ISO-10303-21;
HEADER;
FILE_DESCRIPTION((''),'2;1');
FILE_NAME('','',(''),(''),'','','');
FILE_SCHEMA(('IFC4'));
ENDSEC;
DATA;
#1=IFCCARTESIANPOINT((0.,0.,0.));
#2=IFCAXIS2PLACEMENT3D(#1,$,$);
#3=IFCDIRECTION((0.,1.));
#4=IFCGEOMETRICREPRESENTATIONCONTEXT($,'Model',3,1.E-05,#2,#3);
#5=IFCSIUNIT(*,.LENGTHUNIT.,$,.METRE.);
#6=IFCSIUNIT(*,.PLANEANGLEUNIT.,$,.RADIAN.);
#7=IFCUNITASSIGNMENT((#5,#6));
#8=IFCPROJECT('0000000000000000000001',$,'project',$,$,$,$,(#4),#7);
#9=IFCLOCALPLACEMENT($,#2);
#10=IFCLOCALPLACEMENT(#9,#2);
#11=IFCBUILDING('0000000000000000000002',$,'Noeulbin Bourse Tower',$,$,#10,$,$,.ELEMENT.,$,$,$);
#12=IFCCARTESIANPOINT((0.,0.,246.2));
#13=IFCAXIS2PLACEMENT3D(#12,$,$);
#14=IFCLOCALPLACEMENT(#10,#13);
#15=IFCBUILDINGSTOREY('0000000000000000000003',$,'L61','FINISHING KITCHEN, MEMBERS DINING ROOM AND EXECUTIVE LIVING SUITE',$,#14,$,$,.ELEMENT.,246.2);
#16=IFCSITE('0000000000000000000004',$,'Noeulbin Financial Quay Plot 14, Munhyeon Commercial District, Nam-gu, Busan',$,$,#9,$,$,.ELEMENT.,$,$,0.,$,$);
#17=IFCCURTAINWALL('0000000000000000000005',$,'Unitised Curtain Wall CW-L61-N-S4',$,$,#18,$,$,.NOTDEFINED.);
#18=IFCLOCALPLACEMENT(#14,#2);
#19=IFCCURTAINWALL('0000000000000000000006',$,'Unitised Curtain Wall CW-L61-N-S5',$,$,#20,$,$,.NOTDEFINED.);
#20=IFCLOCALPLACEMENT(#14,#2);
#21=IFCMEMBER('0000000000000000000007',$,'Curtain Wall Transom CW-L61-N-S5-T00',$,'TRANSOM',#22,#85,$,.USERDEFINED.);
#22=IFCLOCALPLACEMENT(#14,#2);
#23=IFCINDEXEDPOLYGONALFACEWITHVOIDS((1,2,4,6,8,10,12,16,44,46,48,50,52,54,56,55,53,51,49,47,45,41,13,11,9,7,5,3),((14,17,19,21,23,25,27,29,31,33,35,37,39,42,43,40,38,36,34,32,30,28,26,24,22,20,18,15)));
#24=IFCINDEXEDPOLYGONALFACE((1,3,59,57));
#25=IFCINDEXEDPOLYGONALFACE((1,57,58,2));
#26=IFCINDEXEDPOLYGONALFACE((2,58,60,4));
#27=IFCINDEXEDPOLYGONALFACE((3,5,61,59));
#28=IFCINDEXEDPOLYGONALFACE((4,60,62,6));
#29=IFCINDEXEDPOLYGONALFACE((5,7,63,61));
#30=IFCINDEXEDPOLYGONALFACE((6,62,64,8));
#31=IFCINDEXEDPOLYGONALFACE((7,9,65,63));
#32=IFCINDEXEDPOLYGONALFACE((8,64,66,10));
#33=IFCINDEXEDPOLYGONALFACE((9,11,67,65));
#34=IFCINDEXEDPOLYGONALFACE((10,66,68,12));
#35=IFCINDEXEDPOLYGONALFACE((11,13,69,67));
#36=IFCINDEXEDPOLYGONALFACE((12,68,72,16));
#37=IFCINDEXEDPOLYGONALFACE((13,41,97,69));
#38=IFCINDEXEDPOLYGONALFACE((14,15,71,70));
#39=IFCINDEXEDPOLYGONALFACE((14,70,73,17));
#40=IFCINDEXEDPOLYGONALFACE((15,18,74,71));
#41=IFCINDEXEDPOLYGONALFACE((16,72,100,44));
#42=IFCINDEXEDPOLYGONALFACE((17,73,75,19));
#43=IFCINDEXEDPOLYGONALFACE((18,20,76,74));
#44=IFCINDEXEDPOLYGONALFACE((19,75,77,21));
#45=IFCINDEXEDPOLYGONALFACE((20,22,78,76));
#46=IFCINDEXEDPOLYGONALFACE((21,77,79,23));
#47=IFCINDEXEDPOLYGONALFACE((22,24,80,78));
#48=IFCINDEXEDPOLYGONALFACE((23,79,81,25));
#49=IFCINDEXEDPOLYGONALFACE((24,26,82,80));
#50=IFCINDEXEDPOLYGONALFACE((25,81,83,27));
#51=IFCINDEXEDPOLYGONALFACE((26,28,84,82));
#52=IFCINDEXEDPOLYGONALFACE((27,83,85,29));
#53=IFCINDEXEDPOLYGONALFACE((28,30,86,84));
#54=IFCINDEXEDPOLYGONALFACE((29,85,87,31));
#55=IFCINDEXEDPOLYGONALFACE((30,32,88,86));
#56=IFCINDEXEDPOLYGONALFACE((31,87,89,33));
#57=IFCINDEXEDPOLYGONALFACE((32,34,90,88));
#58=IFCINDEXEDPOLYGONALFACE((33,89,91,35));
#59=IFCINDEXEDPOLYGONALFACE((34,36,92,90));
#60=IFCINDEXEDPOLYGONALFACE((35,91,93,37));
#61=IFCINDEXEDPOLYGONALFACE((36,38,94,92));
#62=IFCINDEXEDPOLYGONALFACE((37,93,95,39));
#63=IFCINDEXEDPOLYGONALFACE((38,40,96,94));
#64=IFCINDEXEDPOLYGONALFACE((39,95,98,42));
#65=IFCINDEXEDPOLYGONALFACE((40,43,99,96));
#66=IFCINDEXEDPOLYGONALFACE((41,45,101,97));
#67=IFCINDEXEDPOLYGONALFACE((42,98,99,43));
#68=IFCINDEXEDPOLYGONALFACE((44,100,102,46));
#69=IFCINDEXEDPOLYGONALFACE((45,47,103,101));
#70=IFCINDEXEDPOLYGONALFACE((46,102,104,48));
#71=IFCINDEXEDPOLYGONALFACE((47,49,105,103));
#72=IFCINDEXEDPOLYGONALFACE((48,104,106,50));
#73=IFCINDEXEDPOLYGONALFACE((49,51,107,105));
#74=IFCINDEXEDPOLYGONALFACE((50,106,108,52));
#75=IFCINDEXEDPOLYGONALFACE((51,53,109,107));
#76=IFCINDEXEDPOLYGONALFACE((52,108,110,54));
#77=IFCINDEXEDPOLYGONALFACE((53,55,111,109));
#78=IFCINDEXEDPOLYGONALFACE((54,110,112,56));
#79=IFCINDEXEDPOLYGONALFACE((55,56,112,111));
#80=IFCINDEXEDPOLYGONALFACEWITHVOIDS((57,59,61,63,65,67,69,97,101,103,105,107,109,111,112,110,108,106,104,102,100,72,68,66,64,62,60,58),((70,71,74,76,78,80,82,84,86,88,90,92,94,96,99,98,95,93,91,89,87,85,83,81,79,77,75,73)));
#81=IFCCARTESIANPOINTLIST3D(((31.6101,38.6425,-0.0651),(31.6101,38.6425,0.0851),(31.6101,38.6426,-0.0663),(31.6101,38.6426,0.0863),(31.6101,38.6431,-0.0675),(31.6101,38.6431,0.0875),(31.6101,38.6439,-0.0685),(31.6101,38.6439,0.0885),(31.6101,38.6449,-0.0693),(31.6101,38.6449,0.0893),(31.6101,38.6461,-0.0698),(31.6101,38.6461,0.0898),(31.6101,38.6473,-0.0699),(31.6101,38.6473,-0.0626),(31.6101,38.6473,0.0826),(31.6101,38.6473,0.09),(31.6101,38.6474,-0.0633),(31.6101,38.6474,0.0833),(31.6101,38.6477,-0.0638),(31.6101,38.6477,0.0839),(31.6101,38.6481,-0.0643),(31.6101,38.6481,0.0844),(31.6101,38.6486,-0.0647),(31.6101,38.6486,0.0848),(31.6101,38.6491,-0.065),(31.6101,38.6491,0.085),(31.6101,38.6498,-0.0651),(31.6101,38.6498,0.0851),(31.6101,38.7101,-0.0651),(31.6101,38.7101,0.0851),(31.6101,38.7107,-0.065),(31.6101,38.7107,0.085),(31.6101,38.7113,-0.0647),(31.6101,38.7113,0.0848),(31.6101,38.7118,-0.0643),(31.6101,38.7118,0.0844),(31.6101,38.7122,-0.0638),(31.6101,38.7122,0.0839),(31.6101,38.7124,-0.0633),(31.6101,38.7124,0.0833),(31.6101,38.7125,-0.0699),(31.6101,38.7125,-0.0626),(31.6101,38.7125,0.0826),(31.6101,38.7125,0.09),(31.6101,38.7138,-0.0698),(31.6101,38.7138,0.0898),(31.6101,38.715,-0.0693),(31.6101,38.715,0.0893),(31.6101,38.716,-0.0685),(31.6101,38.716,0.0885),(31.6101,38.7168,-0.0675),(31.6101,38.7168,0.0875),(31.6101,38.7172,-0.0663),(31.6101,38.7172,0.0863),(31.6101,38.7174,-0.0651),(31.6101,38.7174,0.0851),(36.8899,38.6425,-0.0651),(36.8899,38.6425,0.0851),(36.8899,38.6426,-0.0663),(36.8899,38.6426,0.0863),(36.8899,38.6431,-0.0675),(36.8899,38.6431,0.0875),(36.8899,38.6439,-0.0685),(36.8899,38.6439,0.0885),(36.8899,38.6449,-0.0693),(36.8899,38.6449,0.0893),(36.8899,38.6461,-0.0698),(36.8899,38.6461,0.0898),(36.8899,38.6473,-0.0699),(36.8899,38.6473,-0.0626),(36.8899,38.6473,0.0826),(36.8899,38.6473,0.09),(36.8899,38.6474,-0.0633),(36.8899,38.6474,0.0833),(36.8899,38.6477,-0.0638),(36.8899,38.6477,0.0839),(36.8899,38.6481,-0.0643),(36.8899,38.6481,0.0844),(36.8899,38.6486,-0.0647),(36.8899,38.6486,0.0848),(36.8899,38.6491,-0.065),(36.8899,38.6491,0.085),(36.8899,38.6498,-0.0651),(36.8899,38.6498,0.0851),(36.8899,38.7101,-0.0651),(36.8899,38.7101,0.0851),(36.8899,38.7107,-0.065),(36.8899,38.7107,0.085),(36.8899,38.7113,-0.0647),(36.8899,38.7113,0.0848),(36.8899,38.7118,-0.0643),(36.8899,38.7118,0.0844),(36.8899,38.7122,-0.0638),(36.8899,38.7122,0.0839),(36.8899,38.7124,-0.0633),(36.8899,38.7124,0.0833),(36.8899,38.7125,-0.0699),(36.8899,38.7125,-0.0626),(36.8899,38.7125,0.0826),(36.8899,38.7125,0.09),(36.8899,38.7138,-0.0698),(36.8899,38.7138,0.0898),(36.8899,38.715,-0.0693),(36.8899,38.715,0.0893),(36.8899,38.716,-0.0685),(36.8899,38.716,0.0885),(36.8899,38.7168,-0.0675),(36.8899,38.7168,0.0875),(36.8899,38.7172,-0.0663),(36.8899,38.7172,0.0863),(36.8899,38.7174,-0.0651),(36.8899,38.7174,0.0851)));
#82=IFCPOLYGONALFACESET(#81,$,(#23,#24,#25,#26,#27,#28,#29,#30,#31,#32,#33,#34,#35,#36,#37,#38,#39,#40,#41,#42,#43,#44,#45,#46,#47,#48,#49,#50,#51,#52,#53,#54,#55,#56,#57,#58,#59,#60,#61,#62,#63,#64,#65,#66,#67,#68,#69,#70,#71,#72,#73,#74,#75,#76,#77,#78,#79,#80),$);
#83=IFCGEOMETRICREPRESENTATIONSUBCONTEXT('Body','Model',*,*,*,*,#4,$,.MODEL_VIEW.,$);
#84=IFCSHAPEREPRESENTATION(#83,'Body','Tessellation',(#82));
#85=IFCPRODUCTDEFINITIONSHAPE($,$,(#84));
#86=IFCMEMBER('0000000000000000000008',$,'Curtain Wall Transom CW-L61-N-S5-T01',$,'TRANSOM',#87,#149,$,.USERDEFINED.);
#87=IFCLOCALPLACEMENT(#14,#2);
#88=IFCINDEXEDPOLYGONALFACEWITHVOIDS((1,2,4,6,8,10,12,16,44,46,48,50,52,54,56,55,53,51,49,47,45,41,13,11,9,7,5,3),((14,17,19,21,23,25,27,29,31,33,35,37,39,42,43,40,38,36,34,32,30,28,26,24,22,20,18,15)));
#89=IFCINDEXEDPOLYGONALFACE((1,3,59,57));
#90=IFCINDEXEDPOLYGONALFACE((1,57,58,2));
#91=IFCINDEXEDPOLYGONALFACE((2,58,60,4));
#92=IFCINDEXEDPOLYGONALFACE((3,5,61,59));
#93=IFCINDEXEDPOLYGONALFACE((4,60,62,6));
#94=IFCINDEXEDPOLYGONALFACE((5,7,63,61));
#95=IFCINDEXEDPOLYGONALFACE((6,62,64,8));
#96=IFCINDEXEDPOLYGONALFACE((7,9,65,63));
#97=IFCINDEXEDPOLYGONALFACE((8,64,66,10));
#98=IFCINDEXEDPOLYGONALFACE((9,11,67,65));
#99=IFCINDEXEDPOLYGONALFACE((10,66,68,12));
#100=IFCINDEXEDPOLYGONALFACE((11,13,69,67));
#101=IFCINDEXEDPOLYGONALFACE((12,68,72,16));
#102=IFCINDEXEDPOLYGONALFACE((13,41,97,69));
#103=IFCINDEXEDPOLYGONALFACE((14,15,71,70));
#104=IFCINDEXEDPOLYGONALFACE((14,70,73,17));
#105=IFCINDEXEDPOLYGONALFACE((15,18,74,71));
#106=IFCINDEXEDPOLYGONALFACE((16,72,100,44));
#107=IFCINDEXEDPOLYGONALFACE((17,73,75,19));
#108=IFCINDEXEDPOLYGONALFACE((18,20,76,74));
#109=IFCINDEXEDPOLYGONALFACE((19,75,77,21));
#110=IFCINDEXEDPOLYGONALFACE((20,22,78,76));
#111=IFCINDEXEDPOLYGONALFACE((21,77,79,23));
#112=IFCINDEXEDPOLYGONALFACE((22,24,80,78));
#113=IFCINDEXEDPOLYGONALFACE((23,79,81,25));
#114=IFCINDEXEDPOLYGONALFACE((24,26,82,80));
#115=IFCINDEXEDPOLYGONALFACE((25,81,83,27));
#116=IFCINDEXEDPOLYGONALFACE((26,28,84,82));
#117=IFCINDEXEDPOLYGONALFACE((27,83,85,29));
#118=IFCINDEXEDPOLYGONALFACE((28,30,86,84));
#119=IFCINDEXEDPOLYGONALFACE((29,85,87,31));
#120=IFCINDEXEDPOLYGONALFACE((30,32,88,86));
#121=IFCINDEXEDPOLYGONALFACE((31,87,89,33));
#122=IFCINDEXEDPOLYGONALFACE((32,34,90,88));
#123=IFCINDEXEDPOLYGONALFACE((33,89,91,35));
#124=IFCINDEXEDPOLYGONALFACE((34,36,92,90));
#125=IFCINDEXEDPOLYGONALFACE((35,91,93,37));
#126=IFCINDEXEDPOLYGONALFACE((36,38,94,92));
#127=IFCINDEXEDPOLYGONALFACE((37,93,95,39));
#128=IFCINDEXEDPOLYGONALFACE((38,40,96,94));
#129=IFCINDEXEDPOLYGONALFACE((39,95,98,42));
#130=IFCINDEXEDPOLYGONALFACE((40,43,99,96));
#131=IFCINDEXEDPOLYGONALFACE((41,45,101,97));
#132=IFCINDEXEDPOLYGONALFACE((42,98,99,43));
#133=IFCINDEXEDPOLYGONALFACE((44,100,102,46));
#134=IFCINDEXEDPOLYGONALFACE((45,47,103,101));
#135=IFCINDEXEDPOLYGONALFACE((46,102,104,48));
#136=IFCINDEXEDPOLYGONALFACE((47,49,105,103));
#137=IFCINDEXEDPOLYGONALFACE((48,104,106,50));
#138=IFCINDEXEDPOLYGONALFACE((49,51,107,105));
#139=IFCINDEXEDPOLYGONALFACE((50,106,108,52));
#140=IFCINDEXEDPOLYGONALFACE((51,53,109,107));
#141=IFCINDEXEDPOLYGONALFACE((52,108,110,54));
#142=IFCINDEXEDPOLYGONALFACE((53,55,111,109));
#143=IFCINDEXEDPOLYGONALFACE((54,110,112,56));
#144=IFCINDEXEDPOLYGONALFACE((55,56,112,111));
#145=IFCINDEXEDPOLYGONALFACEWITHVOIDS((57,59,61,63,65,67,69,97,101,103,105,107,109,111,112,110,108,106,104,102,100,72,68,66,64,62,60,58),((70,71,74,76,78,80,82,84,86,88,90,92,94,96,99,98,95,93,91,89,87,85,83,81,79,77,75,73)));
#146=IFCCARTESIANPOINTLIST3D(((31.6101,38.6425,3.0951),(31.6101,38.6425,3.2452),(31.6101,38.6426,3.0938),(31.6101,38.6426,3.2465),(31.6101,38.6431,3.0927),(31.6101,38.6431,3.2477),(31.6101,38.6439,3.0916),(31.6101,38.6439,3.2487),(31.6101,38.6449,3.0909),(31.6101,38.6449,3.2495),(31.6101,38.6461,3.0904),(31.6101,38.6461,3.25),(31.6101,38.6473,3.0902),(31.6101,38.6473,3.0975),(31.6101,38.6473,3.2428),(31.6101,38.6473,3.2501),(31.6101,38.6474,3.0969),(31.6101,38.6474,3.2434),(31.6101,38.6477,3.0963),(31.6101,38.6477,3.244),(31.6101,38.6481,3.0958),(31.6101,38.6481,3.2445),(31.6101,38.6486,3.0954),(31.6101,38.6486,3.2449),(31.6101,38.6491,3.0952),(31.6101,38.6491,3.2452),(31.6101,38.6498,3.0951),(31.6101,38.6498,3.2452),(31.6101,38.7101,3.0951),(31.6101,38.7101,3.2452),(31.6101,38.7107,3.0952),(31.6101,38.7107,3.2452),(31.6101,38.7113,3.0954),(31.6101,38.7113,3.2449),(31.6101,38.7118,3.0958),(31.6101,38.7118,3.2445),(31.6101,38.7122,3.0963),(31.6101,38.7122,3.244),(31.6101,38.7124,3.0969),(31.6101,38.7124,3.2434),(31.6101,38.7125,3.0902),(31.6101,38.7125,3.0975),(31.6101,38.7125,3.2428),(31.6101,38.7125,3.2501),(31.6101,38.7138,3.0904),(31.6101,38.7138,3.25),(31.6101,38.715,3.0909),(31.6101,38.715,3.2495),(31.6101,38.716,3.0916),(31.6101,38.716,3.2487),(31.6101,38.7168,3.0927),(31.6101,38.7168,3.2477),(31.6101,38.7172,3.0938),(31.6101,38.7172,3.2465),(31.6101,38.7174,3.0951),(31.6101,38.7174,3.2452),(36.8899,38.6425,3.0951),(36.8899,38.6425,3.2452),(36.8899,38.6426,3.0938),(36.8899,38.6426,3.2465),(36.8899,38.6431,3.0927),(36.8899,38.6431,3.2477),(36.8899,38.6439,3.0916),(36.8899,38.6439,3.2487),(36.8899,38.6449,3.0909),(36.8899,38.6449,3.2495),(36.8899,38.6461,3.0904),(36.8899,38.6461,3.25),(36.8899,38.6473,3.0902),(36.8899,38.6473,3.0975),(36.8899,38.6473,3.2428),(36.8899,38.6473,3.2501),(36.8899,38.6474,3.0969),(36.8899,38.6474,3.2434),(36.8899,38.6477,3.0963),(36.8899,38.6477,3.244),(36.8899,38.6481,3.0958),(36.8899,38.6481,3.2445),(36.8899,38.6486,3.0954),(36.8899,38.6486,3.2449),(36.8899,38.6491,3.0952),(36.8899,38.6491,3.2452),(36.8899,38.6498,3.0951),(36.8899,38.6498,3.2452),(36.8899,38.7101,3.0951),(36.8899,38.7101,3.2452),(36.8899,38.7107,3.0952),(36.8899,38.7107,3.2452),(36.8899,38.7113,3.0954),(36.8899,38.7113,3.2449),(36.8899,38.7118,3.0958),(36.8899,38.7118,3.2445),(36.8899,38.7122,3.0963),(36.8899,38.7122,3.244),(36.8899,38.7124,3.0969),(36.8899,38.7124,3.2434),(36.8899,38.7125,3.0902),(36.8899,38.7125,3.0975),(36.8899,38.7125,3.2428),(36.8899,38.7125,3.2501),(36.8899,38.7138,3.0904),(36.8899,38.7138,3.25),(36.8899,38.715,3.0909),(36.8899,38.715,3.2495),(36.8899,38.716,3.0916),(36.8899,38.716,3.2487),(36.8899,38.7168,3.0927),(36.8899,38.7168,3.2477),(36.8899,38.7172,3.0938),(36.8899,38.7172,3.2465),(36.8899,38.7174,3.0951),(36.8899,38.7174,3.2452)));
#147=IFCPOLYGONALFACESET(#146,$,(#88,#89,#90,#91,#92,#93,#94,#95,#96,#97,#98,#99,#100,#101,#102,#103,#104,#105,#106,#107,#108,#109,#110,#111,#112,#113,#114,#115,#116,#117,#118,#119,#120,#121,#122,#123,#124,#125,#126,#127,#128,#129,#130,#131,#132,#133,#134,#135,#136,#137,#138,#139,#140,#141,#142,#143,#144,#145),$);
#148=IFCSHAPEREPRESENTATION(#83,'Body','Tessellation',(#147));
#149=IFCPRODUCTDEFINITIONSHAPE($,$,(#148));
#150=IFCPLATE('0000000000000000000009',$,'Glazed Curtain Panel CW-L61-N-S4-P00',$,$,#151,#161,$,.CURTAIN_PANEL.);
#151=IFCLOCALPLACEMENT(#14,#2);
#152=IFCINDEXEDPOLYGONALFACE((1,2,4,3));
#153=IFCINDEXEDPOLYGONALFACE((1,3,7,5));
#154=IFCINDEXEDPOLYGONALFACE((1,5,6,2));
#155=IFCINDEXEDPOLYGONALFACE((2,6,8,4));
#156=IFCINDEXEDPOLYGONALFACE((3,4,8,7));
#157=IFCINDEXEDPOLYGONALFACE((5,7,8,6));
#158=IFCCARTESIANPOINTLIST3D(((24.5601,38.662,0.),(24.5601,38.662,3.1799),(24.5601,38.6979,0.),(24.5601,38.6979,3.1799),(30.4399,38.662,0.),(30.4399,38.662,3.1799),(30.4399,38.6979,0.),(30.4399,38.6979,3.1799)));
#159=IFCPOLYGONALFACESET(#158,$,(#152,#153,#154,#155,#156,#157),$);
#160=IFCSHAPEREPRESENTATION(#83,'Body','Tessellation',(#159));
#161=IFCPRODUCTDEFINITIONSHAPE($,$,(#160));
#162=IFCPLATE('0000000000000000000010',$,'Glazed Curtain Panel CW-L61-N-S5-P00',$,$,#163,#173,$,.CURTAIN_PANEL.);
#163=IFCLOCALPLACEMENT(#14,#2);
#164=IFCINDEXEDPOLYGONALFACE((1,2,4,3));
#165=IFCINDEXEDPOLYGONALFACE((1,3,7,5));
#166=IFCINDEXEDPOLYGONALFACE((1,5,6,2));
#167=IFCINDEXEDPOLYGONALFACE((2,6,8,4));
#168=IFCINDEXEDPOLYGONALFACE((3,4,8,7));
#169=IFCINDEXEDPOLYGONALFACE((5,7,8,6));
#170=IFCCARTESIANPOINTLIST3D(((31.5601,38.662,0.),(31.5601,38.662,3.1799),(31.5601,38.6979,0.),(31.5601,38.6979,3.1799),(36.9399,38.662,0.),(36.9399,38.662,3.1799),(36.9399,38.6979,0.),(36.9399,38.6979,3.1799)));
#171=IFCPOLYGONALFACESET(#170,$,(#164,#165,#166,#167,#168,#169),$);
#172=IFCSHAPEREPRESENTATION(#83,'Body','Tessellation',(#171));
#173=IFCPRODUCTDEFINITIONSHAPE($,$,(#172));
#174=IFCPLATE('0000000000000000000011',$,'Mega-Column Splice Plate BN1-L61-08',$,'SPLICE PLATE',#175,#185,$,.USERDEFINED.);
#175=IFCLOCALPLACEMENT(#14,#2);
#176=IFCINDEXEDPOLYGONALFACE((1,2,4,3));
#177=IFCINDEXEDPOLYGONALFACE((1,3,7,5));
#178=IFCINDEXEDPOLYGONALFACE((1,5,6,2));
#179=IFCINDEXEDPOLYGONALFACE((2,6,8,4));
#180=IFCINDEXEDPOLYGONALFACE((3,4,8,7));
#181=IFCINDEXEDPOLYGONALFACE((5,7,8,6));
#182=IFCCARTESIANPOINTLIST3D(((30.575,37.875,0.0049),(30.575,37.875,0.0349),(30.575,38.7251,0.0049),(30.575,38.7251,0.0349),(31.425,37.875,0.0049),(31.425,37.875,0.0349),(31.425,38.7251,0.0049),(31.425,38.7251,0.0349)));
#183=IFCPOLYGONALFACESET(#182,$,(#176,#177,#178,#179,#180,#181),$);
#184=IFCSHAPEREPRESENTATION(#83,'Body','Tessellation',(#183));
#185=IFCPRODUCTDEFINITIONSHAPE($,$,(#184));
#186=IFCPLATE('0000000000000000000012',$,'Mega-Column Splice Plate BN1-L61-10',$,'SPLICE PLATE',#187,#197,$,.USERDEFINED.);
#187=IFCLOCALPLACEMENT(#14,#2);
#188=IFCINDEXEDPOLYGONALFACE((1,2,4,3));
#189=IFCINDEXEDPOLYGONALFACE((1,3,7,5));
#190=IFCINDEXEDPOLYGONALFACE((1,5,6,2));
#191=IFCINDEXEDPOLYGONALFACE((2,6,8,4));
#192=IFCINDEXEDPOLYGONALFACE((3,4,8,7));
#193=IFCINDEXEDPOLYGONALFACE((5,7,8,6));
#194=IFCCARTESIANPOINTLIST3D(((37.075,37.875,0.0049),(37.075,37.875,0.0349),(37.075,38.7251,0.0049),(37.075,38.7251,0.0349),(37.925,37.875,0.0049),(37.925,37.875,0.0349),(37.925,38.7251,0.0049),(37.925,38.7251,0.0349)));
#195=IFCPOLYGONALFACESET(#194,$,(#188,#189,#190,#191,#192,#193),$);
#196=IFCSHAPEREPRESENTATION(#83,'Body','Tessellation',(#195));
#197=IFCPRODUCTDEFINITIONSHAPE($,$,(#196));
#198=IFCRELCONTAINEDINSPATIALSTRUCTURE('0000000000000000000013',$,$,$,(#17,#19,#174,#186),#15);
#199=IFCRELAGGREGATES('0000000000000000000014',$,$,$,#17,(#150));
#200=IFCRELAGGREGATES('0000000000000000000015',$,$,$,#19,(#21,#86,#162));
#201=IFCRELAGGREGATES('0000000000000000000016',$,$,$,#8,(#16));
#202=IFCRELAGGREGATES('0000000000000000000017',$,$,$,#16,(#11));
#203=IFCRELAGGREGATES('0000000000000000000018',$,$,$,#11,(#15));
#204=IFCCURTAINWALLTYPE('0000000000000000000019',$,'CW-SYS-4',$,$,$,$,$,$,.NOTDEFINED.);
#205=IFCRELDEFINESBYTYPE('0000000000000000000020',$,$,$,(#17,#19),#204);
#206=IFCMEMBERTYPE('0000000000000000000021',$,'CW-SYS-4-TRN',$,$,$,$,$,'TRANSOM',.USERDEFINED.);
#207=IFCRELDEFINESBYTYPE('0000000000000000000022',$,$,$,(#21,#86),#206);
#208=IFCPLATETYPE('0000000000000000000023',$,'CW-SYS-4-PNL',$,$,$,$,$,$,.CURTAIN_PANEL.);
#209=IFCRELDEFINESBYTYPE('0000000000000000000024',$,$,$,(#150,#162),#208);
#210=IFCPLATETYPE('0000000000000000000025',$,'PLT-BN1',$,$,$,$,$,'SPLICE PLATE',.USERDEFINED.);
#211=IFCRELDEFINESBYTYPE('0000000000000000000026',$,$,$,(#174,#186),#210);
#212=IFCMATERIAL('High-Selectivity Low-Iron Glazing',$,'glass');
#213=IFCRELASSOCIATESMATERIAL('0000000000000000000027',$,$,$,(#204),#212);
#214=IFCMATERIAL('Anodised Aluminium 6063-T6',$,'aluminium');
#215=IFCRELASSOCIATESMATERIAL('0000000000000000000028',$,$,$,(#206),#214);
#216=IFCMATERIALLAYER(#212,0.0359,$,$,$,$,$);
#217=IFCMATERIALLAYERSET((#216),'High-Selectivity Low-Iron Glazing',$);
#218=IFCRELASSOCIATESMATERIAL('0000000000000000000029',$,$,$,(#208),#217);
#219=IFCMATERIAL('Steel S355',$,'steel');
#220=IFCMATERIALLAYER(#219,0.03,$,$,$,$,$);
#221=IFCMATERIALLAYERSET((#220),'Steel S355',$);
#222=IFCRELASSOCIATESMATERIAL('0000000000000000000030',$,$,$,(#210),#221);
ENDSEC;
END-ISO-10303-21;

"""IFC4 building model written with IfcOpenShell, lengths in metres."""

from ifc_helpers import new_model, si_unit, direction, frame, origin, origin_2d, place, context, subcontext, project, spatial, rectangle, hollow_rectangle, extrude, material, layer, layer_set, material_profile, profile_set, type_object, element, aggregate, save


model = new_model("IFC4")

# Units and contexts
model_context = context("Model", 3, precision=1e-05, world=origin(), true_north=direction((0.0, 1.0)))
body_context = subcontext(model_context, "Body", "Model", "MODEL_VIEW")
ifc_project = project(units=[si_unit("LENGTHUNIT", "METRE"), si_unit("PLANEANGLEUNIT", "RADIAN")], contexts=[model_context])

# Site, building, storey
site_placement = place(None, origin())
site = spatial("IfcSite", under=ifc_project, at=site_placement, Name="Noeulbin Financial Quay Plot 14, Munhyeon Commercial District, Nam-gu, Busan", CompositionType="ELEMENT", RefElevation=0.0)
building_placement = place(site_placement, origin())
building = spatial("IfcBuilding", under=site, at=building_placement, Name="Noeulbin Bourse Tower", CompositionType="ELEMENT")
storey_placement = place(building_placement, frame((0.0, 0.0, 246.2)))
storey = spatial("IfcBuildingStorey", under=building, at=storey_placement, Name="L61", Description="FINISHING KITCHEN, MEMBERS DINING ROOM AND EXECUTIVE LIVING SUITE", CompositionType="ELEMENT", Elevation=246.2)

# Shared definitions
ifc_material_1 = material(Name="Steel S355", Category="steel")

# Curtain walls
ifc_material_2 = material(Name="High-Selectivity Low-Iron Glazing", Category="glass")
curtain_wall_type = type_object("IfcCurtainWallType", Name="CW-SYS-4", PredefinedType="NOTDEFINED", material=ifc_material_2)
curtain_wall_1_placement = place(storey_placement, origin())
curtain_wall_1 = element("IfcCurtainWall", 1, at=curtain_wall_1_placement, inside=storey, type_object=curtain_wall_type, Name="Unitised Curtain Wall CW-L61-N-S4", PredefinedType="NOTDEFINED")
ifc_material_3 = material(Name="Anodised Aluminium 6063-T6", Category="aluminium")
curtain_wall_2_placement = place(storey_placement, origin())
curtain_wall_2 = element("IfcCurtainWall", 2, at=curtain_wall_2_placement, inside=storey, type_object=curtain_wall_type, Name="Unitised Curtain Wall CW-L61-N-S5", PredefinedType="NOTDEFINED")

# Members
ifc_material_profile_1 = material_profile(ifc_material_3, hollow_rectangle(XDim=0.075, YDim=0.1599, WallThickness=0.0049, InnerFilletRadius=0.0024, OuterFilletRadius=0.0049, at=origin_2d()), Name="ALU-TRAN-75x160x5", Category="LoadBearing")
ifc_profile_set_1 = profile_set([ifc_material_profile_1], Name="Anodised Aluminium 6063-T6")
member_type_1 = type_object("IfcMemberType", Name="CW-SYS-4-TRN", ElementType="TRANSOM", PredefinedType="USERDEFINED", material=ifc_profile_set_1)
member_1_placement = place(storey_placement, frame((31.6101, 38.6799, 0.01), z_axis=(1.0, 0.0, 0.0), x_axis=(0.0, 1.0, 0.0)))
member_1 = element("IfcMember", 3, at=member_1_placement, type_object=member_type_1, Name="Curtain Wall Transom CW-L61-N-S5-T00", ObjectType="TRANSOM", PredefinedType="USERDEFINED", context=body_context, shape_type="SweptSolid", body=[
    extrude(hollow_rectangle(XDim=0.075, YDim=0.1599, WallThickness=0.0049, InnerFilletRadius=0.0024, OuterFilletRadius=0.0049, at=origin_2d()), origin(), (0.0, 0.0, 1.0), 5.2798),
])
member_2_placement = place(storey_placement, frame((31.6101, 38.6799, 3.1702), z_axis=(1.0, 0.0, 0.0), x_axis=(0.0, 1.0, 0.0)))
member_2 = element("IfcMember", 4, at=member_2_placement, type_object=member_type_1, Name="Curtain Wall Transom CW-L61-N-S5-T01", ObjectType="TRANSOM", PredefinedType="USERDEFINED", context=body_context, shape_type="SweptSolid", body=[
    extrude(hollow_rectangle(XDim=0.075, YDim=0.1599, WallThickness=0.0049, InnerFilletRadius=0.0024, OuterFilletRadius=0.0049, at=origin_2d()), origin(), (0.0, 0.0, 1.0), 5.2798),
])

# Plates
ifc_layer_1 = layer(ifc_material_2, 0.0359)
ifc_layer_set_1 = layer_set([ifc_layer_1], Name="High-Selectivity Low-Iron Glazing")
plate_type_1 = type_object("IfcPlateType", Name="CW-SYS-4-PNL", PredefinedType="CURTAIN_PANEL", material=ifc_layer_set_1)
plate_1_placement = place(storey_placement, frame((27.5, 38.6799, 0.0), z_axis=(0.0, 0.0, 1.0), x_axis=(1.0, 0.0, 0.0)))
plate_1 = element("IfcPlate", 5, at=plate_1_placement, type_object=plate_type_1, Name="Glazed Curtain Panel CW-L61-N-S4-P00", PredefinedType="CURTAIN_PANEL", context=body_context, shape_type="SweptSolid", body=[
    extrude(rectangle(XDim=5.8799, YDim=0.0359, at=origin_2d()), origin(), (0.0, 0.0, 1.0), 3.1799),
])
aggregate(curtain_wall_1, [plate_1])
plate_2_placement = place(storey_placement, frame((34.25, 38.6799, 0.0), z_axis=(0.0, 0.0, 1.0), x_axis=(1.0, 0.0, 0.0)))
plate_2 = element("IfcPlate", 6, at=plate_2_placement, type_object=plate_type_1, Name="Glazed Curtain Panel CW-L61-N-S5-P00", PredefinedType="CURTAIN_PANEL", context=body_context, shape_type="SweptSolid", body=[
    extrude(rectangle(XDim=5.3799, YDim=0.0359, at=origin_2d()), origin(), (0.0, 0.0, 1.0), 3.1799),
])
aggregate(curtain_wall_2, [member_1, member_2, plate_2])

# Plates
ifc_layer_2 = layer(ifc_material_1, 0.03)
ifc_layer_set_2 = layer_set([ifc_layer_2], Name="Steel S355")
plate_type_2 = type_object("IfcPlateType", Name="PLT-BN1", ElementType="SPLICE PLATE", PredefinedType="USERDEFINED", material=ifc_layer_set_2)
for number, where, z_axis, x_axis, name in (
    (7, (31.0, 38.3, 0.0049), (0.0, 0.0, 1.0), (1.0, 0.0, 0.0), "Mega-Column Splice Plate BN1-L61-08"),
    (8, (37.5, 38.3, 0.0049), (0.0, 0.0, 1.0), (1.0, 0.0, 0.0), "Mega-Column Splice Plate BN1-L61-10"),
):
    element("IfcPlate", number, at=place(storey_placement, frame(where, z_axis=z_axis, x_axis=x_axis)), inside=storey, type_object=plate_type_2, Name=name, ObjectType="SPLICE PLATE", PredefinedType="USERDEFINED", context=body_context, shape_type="SweptSolid", body=[
        extrude(rectangle(XDim=0.8501, YDim=0.8501, at=origin_2d()), origin(), (0.0, 0.0, 1.0), 0.03),
    ])

save(model, "model.ifc")
